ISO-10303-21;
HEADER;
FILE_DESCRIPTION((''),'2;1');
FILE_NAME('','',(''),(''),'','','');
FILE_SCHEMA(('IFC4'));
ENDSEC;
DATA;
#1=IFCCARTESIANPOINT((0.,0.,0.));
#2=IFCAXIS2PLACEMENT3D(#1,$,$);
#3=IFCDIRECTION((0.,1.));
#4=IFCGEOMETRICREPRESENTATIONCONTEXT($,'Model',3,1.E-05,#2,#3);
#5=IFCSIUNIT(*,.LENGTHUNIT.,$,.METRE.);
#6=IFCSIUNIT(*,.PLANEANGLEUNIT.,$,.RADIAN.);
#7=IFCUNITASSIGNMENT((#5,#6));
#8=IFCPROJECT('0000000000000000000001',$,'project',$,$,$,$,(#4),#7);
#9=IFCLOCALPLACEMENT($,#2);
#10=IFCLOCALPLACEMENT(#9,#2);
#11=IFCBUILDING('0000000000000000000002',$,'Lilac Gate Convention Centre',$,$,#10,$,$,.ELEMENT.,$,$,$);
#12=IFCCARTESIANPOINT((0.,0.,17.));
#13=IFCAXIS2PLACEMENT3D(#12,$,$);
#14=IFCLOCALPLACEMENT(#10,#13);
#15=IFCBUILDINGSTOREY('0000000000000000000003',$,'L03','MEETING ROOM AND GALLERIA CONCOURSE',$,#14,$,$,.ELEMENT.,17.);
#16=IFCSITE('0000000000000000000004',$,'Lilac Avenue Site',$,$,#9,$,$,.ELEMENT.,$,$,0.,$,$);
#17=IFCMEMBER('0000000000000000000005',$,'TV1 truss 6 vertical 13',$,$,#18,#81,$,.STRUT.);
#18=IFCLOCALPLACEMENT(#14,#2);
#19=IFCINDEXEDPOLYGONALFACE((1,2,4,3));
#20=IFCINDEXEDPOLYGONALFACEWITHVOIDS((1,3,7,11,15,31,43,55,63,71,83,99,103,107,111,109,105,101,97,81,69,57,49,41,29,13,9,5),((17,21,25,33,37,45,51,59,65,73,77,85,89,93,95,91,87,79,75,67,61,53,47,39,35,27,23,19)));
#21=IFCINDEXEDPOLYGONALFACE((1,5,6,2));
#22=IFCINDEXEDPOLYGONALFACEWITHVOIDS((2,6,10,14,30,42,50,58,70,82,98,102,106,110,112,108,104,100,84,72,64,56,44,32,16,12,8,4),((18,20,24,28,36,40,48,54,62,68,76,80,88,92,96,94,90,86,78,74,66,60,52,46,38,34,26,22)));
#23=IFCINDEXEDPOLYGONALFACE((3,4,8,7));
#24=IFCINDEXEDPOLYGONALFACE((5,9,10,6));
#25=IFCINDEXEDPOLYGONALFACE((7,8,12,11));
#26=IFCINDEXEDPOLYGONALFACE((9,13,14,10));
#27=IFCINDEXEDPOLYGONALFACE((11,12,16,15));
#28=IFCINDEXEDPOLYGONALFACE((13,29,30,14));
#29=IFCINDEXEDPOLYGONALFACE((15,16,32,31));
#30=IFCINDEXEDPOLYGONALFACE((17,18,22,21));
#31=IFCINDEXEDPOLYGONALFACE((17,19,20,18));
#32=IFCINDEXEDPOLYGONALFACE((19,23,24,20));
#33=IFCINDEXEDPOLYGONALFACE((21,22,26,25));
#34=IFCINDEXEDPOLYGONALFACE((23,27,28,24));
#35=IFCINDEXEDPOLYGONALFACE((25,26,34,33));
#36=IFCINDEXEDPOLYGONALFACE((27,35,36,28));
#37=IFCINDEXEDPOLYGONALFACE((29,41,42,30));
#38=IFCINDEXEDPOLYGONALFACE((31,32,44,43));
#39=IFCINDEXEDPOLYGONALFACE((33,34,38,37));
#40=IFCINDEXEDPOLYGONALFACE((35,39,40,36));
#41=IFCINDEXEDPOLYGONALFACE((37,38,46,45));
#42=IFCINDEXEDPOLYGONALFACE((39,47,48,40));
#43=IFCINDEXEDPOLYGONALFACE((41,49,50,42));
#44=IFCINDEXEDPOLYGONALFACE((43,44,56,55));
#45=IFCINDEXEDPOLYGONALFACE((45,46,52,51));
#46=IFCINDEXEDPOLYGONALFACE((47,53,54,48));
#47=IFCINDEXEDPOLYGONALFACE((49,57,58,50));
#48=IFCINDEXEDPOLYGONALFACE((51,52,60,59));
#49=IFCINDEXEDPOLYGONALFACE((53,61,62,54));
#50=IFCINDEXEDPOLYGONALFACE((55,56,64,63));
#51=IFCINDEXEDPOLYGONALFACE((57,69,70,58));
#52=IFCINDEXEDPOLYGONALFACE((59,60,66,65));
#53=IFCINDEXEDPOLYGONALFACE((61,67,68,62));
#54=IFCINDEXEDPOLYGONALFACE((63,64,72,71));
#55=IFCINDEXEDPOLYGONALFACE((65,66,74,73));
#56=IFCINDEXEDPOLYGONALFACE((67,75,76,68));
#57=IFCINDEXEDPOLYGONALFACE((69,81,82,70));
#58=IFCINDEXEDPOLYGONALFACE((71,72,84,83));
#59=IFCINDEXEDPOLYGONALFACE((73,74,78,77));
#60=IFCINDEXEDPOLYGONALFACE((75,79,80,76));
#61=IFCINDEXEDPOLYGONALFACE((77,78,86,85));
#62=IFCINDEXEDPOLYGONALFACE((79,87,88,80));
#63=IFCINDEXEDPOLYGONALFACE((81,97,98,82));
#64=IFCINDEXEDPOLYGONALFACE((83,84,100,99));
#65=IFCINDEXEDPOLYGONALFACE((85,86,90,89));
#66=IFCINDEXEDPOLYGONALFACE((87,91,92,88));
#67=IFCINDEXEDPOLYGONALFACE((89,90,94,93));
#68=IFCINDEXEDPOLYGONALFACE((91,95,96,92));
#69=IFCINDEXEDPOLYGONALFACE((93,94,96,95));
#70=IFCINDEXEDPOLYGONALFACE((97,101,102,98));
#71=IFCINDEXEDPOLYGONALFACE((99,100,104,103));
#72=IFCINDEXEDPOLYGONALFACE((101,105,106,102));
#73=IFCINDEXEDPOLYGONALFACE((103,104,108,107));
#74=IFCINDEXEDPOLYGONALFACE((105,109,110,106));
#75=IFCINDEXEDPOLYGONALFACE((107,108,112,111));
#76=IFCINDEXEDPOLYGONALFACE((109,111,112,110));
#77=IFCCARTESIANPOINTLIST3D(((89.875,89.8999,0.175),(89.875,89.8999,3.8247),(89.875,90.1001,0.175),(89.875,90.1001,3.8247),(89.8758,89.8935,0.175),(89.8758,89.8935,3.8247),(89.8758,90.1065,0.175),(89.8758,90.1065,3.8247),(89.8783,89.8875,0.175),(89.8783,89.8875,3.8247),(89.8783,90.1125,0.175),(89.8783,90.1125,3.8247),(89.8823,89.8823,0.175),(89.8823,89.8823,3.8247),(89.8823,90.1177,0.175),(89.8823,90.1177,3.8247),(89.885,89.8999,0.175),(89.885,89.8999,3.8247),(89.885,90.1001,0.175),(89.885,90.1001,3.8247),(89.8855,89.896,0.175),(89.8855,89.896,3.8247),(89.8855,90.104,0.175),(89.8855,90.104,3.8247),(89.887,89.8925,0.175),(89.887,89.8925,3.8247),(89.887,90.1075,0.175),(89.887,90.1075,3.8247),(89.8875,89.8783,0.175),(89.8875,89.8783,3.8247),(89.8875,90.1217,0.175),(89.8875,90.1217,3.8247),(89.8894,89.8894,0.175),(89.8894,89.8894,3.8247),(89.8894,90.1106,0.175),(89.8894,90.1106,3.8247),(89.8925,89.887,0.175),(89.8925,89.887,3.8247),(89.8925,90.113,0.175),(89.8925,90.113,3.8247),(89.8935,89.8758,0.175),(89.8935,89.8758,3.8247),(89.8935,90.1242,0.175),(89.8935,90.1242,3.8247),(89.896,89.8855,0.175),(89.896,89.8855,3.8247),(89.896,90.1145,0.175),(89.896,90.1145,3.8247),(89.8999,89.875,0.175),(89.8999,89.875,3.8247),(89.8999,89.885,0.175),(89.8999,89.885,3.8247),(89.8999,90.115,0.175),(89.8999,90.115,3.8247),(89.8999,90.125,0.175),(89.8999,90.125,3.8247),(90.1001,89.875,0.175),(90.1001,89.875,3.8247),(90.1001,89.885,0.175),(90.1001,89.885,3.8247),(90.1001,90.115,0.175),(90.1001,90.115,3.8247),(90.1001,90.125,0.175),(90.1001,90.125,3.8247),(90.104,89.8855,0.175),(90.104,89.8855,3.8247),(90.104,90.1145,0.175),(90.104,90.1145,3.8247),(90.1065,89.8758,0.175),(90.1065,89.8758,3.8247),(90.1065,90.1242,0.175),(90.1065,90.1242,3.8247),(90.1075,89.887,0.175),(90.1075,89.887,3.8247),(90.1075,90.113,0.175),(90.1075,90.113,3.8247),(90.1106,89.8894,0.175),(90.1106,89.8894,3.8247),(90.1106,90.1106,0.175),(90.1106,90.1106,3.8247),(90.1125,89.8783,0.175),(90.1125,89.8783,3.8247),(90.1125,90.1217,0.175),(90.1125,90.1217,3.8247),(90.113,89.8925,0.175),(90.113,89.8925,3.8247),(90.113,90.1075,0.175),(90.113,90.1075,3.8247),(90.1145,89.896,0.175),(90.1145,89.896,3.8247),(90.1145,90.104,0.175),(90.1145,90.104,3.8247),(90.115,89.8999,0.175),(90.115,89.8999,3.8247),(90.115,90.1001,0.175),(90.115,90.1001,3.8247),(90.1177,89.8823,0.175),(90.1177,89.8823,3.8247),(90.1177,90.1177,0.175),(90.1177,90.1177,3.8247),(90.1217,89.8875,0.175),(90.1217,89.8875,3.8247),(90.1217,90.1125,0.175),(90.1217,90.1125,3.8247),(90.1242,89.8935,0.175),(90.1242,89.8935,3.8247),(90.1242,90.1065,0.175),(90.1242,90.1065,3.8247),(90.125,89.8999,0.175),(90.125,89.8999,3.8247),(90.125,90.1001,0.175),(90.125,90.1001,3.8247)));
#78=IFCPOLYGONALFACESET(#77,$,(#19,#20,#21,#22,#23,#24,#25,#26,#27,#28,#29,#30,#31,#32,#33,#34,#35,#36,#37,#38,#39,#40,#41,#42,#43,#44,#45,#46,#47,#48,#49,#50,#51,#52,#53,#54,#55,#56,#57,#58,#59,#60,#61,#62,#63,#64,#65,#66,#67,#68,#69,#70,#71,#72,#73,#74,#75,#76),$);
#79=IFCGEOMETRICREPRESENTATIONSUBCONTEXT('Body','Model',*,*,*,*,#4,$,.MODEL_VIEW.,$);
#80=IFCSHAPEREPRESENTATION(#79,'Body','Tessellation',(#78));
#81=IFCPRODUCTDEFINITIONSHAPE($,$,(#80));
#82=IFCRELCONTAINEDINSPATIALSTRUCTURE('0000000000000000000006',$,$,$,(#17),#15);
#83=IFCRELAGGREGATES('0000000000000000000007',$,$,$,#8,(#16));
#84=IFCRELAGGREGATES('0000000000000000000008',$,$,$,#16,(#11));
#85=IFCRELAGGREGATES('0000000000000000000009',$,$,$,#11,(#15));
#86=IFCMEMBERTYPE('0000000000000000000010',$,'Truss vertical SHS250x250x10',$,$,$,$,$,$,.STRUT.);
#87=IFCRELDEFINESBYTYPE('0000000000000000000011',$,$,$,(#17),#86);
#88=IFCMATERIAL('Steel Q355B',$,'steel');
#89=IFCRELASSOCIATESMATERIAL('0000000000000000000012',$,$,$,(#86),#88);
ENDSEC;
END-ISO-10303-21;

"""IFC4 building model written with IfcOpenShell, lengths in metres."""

from ifc_helpers import new_model, si_unit, direction, frame, origin, origin_2d, place, context, subcontext, project, spatial, hollow_rectangle, extrude, material, material_profile, profile_set, type_object, element, save


model = new_model("IFC4")

# Units and contexts
model_context = context("Model", 3, precision=1e-05, world=origin(), true_north=direction((0.0, 1.0)))
body_context = subcontext(model_context, "Body", "Model", "MODEL_VIEW")
ifc_project = project(units=[si_unit("LENGTHUNIT", "METRE"), si_unit("PLANEANGLEUNIT", "RADIAN")], contexts=[model_context])

# Site, building, storey
site_placement = place(None, origin())
site = spatial("IfcSite", under=ifc_project, at=site_placement, Name="Lilac Avenue Site", CompositionType="ELEMENT", RefElevation=0.0)
building_placement = place(site_placement, origin())
building = spatial("IfcBuilding", under=site, at=building_placement, Name="Lilac Gate Convention Centre", CompositionType="ELEMENT")
storey_placement = place(building_placement, frame((0.0, 0.0, 17.0)))
storey = spatial("IfcBuildingStorey", under=building, at=storey_placement, Name="L03", Description="MEETING ROOM AND GALLERIA CONCOURSE", CompositionType="ELEMENT", Elevation=17.0)

# Member
ifc_material = material(Name="Steel Q355B", Category="steel")
ifc_material_profile_1 = material_profile(ifc_material, hollow_rectangle(XDim=0.25, YDim=0.25, WallThickness=0.01, InnerFilletRadius=0.0149, OuterFilletRadius=0.0249, at=origin_2d()), Name="SHS250x250x10")
ifc_profile_set_1 = profile_set([ifc_material_profile_1], Name="Steel Q355B")
member_type_1 = type_object("IfcMemberType", Name="Truss vertical SHS250x250x10", PredefinedType="STRUT", material=ifc_profile_set_1)
member_1_placement = place(storey_placement, frame((90.0, 90.0, 0.175), z_axis=(0.0, 0.0, 1.0), x_axis=(1.0, 0.0, 0.0)))
element("IfcMember", 1, at=member_1_placement, inside=storey, type_object=member_type_1, Name="TV1 truss 6 vertical 13", PredefinedType="STRUT", context=body_context, shape_type="SweptSolid", body=[
    extrude(hollow_rectangle(XDim=0.25, YDim=0.25, WallThickness=0.01, InnerFilletRadius=0.0149, OuterFilletRadius=0.0249, at=origin_2d()), origin(), (0.0, 0.0, 1.0), 3.6497),
])

save(model, "model.ifc")
